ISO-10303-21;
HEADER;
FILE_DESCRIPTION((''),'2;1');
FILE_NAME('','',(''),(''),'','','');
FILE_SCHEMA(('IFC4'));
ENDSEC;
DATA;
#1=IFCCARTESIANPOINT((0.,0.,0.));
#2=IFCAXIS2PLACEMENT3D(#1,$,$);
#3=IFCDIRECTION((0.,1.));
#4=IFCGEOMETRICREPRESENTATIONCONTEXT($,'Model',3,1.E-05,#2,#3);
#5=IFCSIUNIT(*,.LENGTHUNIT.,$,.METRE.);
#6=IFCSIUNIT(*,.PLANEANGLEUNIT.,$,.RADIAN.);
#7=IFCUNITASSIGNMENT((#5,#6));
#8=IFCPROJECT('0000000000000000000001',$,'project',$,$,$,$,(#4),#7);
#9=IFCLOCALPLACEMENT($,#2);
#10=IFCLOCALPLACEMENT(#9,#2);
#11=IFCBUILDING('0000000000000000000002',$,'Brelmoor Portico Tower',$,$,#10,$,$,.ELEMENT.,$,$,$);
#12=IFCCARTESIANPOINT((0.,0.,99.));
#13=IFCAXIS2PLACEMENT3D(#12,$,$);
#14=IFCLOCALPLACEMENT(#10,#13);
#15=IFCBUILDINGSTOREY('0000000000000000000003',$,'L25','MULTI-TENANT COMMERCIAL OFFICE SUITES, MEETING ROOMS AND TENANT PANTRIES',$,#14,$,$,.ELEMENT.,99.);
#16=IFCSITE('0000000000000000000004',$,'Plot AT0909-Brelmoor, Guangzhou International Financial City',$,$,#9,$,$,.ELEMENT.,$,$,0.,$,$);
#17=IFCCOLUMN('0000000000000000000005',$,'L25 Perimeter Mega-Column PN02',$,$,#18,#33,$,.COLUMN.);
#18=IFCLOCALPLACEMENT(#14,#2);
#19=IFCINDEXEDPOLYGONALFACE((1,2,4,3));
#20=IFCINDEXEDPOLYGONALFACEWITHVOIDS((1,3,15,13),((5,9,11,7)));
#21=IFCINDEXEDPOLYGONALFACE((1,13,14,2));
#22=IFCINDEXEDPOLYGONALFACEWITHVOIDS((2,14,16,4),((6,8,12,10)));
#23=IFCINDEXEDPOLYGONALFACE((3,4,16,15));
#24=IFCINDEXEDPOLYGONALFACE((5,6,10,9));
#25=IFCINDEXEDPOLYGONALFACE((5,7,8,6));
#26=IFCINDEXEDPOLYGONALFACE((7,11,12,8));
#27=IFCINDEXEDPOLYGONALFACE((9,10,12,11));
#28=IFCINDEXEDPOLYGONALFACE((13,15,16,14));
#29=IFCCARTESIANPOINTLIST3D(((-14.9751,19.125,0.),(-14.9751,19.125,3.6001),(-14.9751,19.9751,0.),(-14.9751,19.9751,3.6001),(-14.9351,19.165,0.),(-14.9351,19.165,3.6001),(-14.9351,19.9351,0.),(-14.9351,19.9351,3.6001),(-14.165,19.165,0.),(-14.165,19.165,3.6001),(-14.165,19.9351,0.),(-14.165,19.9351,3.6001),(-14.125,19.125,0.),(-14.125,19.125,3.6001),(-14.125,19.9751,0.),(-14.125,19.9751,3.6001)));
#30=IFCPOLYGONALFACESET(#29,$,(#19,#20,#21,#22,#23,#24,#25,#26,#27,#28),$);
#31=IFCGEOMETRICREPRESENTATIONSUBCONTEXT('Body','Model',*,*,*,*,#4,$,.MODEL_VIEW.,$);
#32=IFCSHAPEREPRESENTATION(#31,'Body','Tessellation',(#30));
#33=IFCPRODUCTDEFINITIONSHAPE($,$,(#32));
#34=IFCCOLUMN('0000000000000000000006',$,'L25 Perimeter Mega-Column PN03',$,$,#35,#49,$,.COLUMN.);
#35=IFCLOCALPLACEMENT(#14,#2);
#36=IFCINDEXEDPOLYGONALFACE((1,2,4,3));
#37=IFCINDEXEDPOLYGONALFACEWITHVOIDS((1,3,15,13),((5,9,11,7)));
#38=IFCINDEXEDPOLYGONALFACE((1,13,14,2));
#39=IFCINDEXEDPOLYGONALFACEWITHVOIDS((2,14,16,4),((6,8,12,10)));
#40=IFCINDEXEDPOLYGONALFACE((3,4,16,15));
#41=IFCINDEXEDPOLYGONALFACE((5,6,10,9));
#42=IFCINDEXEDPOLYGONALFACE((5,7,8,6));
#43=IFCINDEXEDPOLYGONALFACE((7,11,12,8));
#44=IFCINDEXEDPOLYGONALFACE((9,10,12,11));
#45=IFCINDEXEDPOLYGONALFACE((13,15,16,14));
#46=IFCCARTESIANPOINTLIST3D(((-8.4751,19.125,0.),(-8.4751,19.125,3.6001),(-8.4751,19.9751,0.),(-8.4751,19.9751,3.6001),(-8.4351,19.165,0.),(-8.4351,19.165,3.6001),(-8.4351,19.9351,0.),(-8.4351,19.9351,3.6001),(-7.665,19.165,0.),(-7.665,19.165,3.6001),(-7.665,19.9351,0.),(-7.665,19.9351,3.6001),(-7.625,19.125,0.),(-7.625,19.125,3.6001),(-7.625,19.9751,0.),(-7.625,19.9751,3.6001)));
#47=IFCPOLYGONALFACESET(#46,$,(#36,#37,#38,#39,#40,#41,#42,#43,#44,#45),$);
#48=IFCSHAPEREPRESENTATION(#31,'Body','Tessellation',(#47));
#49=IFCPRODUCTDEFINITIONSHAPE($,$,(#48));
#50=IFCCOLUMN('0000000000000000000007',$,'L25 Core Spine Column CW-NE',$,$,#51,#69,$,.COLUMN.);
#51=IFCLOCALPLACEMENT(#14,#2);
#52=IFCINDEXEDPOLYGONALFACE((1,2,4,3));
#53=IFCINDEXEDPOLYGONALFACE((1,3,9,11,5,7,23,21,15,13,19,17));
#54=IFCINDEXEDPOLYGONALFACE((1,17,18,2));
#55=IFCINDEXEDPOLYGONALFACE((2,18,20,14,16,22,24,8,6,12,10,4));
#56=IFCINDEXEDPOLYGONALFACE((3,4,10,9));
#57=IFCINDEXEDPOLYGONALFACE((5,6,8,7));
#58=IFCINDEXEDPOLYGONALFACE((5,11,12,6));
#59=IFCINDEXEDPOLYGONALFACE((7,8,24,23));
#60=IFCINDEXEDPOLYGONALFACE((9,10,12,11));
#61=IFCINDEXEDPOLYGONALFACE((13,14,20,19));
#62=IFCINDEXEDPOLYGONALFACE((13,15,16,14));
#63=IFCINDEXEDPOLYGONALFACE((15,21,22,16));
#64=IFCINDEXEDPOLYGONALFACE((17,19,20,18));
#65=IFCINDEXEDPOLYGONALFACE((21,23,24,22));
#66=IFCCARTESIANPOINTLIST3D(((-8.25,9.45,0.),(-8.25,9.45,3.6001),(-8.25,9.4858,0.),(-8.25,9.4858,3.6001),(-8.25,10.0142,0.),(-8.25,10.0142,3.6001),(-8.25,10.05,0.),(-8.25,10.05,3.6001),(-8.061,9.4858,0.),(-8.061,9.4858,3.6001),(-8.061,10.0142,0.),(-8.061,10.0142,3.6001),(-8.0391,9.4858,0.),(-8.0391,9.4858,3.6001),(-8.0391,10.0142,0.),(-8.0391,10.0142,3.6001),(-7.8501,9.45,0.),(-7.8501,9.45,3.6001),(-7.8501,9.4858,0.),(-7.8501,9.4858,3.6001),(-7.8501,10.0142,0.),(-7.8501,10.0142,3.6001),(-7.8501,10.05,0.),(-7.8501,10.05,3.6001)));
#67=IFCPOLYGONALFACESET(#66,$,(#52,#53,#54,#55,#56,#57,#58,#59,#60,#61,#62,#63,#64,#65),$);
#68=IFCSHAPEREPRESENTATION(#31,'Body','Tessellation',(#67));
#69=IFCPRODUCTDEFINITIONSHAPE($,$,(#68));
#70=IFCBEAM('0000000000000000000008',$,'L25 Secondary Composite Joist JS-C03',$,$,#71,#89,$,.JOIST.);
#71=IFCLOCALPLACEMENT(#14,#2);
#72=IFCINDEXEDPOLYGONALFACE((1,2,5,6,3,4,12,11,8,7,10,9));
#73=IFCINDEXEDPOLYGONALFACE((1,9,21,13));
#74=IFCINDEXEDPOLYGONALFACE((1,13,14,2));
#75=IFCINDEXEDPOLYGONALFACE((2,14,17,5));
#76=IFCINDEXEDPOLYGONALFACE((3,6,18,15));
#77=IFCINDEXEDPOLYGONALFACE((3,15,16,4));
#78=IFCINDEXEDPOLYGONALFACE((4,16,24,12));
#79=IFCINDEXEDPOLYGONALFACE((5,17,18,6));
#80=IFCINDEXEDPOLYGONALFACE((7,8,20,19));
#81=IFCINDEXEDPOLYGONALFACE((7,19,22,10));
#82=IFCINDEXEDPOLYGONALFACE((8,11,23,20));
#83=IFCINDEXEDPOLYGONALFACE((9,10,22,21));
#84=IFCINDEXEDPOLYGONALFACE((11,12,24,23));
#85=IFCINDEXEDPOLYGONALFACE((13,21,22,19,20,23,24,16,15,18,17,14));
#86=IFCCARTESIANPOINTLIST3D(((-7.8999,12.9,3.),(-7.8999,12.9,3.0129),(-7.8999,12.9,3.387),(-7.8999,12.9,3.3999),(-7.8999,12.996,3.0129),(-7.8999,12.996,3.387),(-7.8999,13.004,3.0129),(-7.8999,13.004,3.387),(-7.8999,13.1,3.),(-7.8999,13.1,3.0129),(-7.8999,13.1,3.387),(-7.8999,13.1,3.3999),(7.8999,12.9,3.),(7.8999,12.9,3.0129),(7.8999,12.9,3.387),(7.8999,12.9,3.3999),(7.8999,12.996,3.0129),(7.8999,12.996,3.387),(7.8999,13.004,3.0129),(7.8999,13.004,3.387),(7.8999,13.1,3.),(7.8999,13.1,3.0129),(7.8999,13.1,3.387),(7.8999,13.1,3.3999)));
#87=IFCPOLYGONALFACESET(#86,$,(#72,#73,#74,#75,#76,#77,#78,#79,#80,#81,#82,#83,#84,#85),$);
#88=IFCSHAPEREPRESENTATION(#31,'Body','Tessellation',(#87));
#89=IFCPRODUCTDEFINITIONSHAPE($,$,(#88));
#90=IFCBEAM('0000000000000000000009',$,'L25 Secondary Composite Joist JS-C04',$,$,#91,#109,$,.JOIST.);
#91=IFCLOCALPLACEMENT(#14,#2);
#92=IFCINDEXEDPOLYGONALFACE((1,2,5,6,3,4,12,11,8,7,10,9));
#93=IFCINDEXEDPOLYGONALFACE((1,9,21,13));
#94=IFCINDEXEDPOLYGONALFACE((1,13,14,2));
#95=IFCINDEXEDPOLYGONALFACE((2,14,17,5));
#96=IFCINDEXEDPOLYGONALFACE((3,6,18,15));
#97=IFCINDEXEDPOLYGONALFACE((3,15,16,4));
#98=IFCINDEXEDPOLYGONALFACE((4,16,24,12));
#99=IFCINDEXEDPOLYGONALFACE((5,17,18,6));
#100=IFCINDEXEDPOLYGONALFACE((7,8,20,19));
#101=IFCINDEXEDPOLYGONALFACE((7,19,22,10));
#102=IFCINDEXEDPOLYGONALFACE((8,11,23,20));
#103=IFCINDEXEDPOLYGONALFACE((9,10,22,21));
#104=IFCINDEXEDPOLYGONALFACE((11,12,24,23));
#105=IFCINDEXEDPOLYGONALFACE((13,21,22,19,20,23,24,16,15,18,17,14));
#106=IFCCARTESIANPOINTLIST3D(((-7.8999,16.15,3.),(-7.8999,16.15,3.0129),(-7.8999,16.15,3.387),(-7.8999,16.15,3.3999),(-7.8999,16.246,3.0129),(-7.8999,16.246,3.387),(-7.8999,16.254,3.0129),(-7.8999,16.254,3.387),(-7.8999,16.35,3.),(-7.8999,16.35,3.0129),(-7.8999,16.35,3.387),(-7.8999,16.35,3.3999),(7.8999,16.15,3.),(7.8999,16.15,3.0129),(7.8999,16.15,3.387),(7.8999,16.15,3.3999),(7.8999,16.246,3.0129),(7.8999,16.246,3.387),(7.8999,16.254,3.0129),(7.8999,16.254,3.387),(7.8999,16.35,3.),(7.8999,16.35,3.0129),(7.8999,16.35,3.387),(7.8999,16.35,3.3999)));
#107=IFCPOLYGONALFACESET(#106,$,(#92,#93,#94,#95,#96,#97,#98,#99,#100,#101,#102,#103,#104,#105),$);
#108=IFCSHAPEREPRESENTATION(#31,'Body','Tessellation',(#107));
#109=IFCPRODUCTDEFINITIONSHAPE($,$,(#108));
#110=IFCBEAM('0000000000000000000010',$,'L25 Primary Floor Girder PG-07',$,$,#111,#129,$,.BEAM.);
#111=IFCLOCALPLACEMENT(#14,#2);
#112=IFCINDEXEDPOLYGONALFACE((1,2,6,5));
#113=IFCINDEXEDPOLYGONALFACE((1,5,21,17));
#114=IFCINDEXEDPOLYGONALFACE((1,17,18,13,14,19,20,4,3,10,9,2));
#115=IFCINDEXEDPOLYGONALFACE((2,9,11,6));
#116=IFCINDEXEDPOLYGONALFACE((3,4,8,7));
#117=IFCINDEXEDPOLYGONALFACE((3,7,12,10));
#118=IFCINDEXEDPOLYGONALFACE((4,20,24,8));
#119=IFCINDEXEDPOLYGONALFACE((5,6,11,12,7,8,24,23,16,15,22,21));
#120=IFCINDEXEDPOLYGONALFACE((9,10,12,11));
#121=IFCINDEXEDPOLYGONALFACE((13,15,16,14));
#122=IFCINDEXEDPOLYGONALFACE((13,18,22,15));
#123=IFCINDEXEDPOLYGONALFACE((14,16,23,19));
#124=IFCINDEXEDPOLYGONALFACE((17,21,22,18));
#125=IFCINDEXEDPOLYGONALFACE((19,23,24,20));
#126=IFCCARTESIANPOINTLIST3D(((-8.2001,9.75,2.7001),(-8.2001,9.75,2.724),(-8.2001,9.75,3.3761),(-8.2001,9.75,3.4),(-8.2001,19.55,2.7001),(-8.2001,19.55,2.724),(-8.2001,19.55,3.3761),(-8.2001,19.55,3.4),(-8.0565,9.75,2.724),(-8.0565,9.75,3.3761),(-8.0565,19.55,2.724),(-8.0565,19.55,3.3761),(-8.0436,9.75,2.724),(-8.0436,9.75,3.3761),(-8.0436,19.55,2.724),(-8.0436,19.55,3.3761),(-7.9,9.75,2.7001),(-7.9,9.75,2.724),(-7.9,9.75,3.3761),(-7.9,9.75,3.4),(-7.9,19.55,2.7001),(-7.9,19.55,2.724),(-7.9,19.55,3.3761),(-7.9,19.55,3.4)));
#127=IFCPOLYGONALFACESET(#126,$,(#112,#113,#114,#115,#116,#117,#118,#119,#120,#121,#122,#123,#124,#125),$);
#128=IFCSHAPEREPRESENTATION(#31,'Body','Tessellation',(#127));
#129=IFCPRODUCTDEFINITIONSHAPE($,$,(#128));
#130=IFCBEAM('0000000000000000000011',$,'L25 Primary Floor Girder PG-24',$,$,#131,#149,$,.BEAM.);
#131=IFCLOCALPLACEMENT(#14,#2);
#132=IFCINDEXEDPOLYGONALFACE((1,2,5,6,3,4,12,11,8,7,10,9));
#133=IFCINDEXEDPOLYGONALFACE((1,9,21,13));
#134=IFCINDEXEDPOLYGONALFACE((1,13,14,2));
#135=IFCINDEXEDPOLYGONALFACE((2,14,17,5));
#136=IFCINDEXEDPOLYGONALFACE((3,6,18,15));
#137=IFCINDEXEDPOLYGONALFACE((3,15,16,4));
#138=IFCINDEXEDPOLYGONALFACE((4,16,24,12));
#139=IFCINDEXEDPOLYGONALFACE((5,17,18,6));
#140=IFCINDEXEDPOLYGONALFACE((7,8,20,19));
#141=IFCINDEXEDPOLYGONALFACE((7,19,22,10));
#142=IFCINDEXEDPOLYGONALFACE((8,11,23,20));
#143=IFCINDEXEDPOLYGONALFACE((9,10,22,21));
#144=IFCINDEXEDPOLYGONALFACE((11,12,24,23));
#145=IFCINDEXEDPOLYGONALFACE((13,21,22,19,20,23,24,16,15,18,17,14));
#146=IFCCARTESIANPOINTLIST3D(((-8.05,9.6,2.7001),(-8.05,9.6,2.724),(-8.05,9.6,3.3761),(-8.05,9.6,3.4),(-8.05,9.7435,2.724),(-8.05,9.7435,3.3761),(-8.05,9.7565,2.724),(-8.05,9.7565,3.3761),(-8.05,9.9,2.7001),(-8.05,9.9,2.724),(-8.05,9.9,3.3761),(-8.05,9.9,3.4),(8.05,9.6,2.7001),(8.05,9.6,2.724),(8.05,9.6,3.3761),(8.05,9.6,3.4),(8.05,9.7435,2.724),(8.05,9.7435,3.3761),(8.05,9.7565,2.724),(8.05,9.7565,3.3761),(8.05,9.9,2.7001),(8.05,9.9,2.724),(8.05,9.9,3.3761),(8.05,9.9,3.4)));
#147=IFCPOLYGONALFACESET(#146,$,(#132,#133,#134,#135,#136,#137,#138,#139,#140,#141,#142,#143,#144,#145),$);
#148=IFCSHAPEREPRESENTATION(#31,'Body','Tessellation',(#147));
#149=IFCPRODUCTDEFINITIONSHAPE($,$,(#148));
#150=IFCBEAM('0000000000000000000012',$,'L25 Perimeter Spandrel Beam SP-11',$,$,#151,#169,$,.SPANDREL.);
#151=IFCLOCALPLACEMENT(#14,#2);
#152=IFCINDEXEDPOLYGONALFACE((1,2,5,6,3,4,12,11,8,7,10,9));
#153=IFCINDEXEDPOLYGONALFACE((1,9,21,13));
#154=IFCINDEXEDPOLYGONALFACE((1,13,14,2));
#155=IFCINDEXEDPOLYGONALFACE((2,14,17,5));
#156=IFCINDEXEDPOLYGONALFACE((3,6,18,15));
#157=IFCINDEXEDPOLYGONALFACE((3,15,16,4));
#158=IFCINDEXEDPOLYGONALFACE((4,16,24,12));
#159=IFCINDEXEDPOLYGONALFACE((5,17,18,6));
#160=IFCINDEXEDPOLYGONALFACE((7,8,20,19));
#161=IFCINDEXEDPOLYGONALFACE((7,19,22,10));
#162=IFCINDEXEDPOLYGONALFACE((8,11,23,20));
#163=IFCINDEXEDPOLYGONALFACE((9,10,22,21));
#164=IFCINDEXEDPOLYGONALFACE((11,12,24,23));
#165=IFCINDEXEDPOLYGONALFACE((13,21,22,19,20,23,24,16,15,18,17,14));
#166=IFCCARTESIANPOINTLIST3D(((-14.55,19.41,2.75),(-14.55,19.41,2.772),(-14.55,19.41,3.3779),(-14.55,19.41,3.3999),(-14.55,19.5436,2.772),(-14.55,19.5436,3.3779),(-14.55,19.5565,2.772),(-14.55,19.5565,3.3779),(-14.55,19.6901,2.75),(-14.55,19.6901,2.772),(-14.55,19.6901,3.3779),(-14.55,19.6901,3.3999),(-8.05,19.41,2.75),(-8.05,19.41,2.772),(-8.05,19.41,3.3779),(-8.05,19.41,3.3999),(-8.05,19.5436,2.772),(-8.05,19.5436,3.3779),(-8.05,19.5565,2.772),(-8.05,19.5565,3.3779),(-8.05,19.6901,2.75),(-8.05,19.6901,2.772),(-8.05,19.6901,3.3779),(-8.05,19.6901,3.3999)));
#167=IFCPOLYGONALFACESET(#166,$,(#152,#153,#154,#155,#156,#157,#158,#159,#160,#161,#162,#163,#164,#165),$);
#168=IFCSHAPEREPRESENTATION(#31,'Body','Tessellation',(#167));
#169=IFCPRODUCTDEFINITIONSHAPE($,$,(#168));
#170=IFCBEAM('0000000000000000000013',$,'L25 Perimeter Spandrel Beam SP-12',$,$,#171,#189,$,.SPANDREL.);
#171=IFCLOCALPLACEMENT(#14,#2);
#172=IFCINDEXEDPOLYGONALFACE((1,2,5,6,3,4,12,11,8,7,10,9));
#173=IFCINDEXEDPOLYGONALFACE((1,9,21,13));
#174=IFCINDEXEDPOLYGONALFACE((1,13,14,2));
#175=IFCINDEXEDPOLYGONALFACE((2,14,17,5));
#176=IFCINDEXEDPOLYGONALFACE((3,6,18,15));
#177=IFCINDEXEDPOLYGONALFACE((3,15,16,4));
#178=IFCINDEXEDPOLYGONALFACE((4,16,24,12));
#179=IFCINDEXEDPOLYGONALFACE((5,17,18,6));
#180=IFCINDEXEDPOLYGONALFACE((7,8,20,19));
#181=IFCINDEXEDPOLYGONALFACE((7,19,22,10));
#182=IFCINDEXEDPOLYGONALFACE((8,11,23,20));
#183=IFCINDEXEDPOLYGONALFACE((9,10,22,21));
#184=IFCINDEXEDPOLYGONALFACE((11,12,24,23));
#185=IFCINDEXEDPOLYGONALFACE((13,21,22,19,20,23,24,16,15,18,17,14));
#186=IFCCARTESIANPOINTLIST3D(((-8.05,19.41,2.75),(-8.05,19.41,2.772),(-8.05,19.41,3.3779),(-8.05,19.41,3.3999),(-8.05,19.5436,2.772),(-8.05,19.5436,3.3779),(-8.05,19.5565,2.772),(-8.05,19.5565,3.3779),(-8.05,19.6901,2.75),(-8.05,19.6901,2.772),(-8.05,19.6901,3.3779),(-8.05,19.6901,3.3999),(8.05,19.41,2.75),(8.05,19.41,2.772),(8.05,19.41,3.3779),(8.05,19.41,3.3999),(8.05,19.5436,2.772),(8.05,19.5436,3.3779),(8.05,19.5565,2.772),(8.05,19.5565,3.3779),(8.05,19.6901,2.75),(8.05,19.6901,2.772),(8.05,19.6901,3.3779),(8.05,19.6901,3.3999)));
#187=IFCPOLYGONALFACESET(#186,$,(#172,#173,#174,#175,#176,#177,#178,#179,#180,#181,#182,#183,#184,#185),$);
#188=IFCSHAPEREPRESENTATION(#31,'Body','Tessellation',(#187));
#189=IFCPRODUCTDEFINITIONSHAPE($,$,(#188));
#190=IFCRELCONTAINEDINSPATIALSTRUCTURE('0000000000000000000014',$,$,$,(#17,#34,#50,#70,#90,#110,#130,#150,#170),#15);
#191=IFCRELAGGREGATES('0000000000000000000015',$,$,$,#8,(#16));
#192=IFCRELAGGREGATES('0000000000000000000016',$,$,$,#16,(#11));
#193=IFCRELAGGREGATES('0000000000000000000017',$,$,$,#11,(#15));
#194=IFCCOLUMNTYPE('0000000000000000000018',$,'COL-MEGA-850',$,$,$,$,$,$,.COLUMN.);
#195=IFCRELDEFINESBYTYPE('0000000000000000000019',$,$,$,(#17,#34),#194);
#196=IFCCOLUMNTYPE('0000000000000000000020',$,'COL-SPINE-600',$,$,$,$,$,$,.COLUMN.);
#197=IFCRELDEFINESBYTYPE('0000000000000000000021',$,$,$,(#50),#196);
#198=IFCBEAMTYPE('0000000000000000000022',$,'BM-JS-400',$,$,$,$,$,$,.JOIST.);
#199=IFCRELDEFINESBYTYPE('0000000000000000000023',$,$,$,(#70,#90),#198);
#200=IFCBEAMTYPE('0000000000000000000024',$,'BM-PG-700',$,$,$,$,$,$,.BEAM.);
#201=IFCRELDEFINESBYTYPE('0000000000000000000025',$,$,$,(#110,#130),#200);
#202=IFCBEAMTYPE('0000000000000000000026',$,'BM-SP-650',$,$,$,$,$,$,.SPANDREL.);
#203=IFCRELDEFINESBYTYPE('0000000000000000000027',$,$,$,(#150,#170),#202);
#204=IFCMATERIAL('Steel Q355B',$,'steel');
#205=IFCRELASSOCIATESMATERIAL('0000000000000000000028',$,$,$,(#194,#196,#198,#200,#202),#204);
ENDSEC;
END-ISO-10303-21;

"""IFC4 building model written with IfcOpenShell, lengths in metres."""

from ifc_helpers import new_model, si_unit, direction, frame, origin, origin_2d, place, context, subcontext, project, spatial, hollow_rectangle, i_section, extrude, material, material_profile, profile_set, type_object, element, save


model = new_model("IFC4")

# Units and contexts
model_context = context("Model", 3, precision=1e-05, world=origin(), true_north=direction((0.0, 1.0)))
body_context = subcontext(model_context, "Body", "Model", "MODEL_VIEW")
ifc_project = project(units=[si_unit("LENGTHUNIT", "METRE"), si_unit("PLANEANGLEUNIT", "RADIAN")], contexts=[model_context])

# Site, building, storey
site_placement = place(None, origin())
site = spatial("IfcSite", under=ifc_project, at=site_placement, Name="Plot AT0909-Brelmoor, Guangzhou International Financial City", CompositionType="ELEMENT", RefElevation=0.0)
building_placement = place(site_placement, origin())
building = spatial("IfcBuilding", under=site, at=building_placement, Name="Brelmoor Portico Tower", CompositionType="ELEMENT")
storey_placement = place(building_placement, frame((0.0, 0.0, 99.0)))
storey = spatial("IfcBuildingStorey", under=building, at=storey_placement, Name="L25", Description="MULTI-TENANT COMMERCIAL OFFICE SUITES, MEETING ROOMS AND TENANT PANTRIES", CompositionType="ELEMENT", Elevation=99.0)

# Columns
ifc_material_1 = material(Name="Steel Q355B", Category="steel")
ifc_material_profile_1 = material_profile(ifc_material_1, hollow_rectangle(XDim=0.8501, YDim=0.8501, WallThickness=0.04, at=origin_2d()), Name="BOX 850x850x40")
ifc_profile_set_1 = profile_set([ifc_material_profile_1], Name="Steel Q355B")
column_type_1 = type_object("IfcColumnType", Name="COL-MEGA-850", PredefinedType="COLUMN", material=ifc_profile_set_1)
for number, where, z_axis, x_axis, name in (
    (1, (-14.55, 19.55, 0.0), (0.0, 0.0, 1.0), (1.0, 0.0, 0.0), "L25 Perimeter Mega-Column PN02"),
    (2, (-8.05, 19.55, 0.0), (0.0, 0.0, 1.0), (1.0, 0.0, 0.0), "L25 Perimeter Mega-Column PN03"),
):
    element("IfcColumn", number, at=place(storey_placement, frame(where, z_axis=z_axis, x_axis=x_axis)), inside=storey, type_object=column_type_1, Name=name, PredefinedType="COLUMN", context=body_context, shape_type="SweptSolid", body=[
        extrude(hollow_rectangle(XDim=0.8501, YDim=0.8501, WallThickness=0.04, at=origin_2d()), origin(), (0.0, 0.0, 1.0), 3.6001),
    ])
ifc_material_profile_2 = material_profile(ifc_material_1, i_section(OverallWidth=0.3999, OverallDepth=0.6001, WebThickness=0.022, FlangeThickness=0.0359, at=origin_2d()), Name="HW 600x400x22x36")
ifc_profile_set_2 = profile_set([ifc_material_profile_2], Name="Steel Q355B")
column_type_2 = type_object("IfcColumnType", Name="COL-SPINE-600", PredefinedType="COLUMN", material=ifc_profile_set_2)
column_placement = place(storey_placement, frame((-8.05, 9.75, 0.0), z_axis=(0.0, 0.0, 1.0), x_axis=(1.0, 0.0, 0.0)))
element("IfcColumn", 3, at=column_placement, inside=storey, type_object=column_type_2, Name="L25 Core Spine Column CW-NE", PredefinedType="COLUMN", context=body_context, shape_type="SweptSolid", body=[
    extrude(i_section(OverallWidth=0.3999, OverallDepth=0.6001, WebThickness=0.022, FlangeThickness=0.0359, at=origin_2d()), origin(), (0.0, 0.0, 1.0), 3.6001),
])

# Beams
ifc_material_profile_3 = material_profile(ifc_material_1, i_section(OverallWidth=0.2, OverallDepth=0.3999, WebThickness=0.0081, FlangeThickness=0.0129, at=origin_2d()), Name="HN 400x200x8x13")
ifc_profile_set_3 = profile_set([ifc_material_profile_3], Name="Steel Q355B")
beam_type_1 = type_object("IfcBeamType", Name="BM-JS-400", PredefinedType="JOIST", material=ifc_profile_set_3)
for number, where, z_axis, x_axis, name in (
    (4, (-7.8999, 13.0, 3.2), (1.0, 0.0, 0.0), (0.0, 1.0, 0.0), "L25 Secondary Composite Joist JS-C03"),
    (5, (-7.8999, 16.25, 3.2), (1.0, 0.0, 0.0), (0.0, 1.0, 0.0), "L25 Secondary Composite Joist JS-C04"),
):
    element("IfcBeam", number, at=place(storey_placement, frame(where, z_axis=z_axis, x_axis=x_axis)), inside=storey, type_object=beam_type_1, Name=name, PredefinedType="JOIST", context=body_context, shape_type="SweptSolid", body=[
        extrude(i_section(OverallWidth=0.2, OverallDepth=0.3999, WebThickness=0.0081, FlangeThickness=0.0129, at=origin_2d()), origin(), (0.0, 0.0, 1.0), 15.7998),
    ])
ifc_material_profile_4 = material_profile(ifc_material_1, i_section(OverallWidth=0.3, OverallDepth=0.7, WebThickness=0.0129, FlangeThickness=0.0239, at=origin_2d()), Name="HN 700x300x13x24")
ifc_profile_set_4 = profile_set([ifc_material_profile_4], Name="Steel Q355B")
beam_type_2 = type_object("IfcBeamType", Name="BM-PG-700", PredefinedType="BEAM", material=ifc_profile_set_4)
beam_1_placement = place(storey_placement, frame((-8.05, 9.75, 3.05), z_axis=(0.0, 1.0, 0.0), x_axis=(-1.0, 0.0, 0.0)))
element("IfcBeam", 6, at=beam_1_placement, inside=storey, type_object=beam_type_2, Name="L25 Primary Floor Girder PG-07", PredefinedType="BEAM", context=body_context, shape_type="SweptSolid", body=[
    extrude(i_section(OverallWidth=0.3, OverallDepth=0.7, WebThickness=0.0129, FlangeThickness=0.0239, at=origin_2d()), origin(), (0.0, 0.0, 1.0), 9.8),
])
beam_2_placement = place(storey_placement, frame((-8.05, 9.75, 3.05), z_axis=(1.0, 0.0, 0.0), x_axis=(0.0, 1.0, 0.0)))
element("IfcBeam", 7, at=beam_2_placement, inside=storey, type_object=beam_type_2, Name="L25 Primary Floor Girder PG-24", PredefinedType="BEAM", context=body_context, shape_type="SweptSolid", body=[
    extrude(i_section(OverallWidth=0.3, OverallDepth=0.7, WebThickness=0.0129, FlangeThickness=0.0239, at=origin_2d()), origin(), (0.0, 0.0, 1.0), 16.1001),
])
ifc_material_profile_5 = material_profile(ifc_material_1, i_section(OverallWidth=0.28, OverallDepth=0.6499, WebThickness=0.0129, FlangeThickness=0.022, at=origin_2d()), Name="HN 650x280x13x22")
ifc_profile_set_5 = profile_set([ifc_material_profile_5], Name="Steel Q355B")
beam_type_3 = type_object("IfcBeamType", Name="BM-SP-650", PredefinedType="SPANDREL", material=ifc_profile_set_5)
beam_3_placement = place(storey_placement, frame((-14.55, 19.55, 3.075), z_axis=(1.0, 0.0, 0.0), x_axis=(0.0, 1.0, 0.0)))
element("IfcBeam", 8, at=beam_3_placement, inside=storey, type_object=beam_type_3, Name="L25 Perimeter Spandrel Beam SP-11", PredefinedType="SPANDREL", context=body_context, shape_type="SweptSolid", body=[
    extrude(i_section(OverallWidth=0.28, OverallDepth=0.6499, WebThickness=0.0129, FlangeThickness=0.022, at=origin_2d()), origin(), (0.0, 0.0, 1.0), 6.5),
])
beam_4_placement = place(storey_placement, frame((-8.05, 19.55, 3.075), z_axis=(1.0, 0.0, 0.0), x_axis=(0.0, 1.0, 0.0)))
element("IfcBeam", 9, at=beam_4_placement, inside=storey, type_object=beam_type_3, Name="L25 Perimeter Spandrel Beam SP-12", PredefinedType="SPANDREL", context=body_context, shape_type="SweptSolid", body=[
    extrude(i_section(OverallWidth=0.28, OverallDepth=0.6499, WebThickness=0.0129, FlangeThickness=0.022, at=origin_2d()), origin(), (0.0, 0.0, 1.0), 16.1001),
])

save(model, "model.ifc")
